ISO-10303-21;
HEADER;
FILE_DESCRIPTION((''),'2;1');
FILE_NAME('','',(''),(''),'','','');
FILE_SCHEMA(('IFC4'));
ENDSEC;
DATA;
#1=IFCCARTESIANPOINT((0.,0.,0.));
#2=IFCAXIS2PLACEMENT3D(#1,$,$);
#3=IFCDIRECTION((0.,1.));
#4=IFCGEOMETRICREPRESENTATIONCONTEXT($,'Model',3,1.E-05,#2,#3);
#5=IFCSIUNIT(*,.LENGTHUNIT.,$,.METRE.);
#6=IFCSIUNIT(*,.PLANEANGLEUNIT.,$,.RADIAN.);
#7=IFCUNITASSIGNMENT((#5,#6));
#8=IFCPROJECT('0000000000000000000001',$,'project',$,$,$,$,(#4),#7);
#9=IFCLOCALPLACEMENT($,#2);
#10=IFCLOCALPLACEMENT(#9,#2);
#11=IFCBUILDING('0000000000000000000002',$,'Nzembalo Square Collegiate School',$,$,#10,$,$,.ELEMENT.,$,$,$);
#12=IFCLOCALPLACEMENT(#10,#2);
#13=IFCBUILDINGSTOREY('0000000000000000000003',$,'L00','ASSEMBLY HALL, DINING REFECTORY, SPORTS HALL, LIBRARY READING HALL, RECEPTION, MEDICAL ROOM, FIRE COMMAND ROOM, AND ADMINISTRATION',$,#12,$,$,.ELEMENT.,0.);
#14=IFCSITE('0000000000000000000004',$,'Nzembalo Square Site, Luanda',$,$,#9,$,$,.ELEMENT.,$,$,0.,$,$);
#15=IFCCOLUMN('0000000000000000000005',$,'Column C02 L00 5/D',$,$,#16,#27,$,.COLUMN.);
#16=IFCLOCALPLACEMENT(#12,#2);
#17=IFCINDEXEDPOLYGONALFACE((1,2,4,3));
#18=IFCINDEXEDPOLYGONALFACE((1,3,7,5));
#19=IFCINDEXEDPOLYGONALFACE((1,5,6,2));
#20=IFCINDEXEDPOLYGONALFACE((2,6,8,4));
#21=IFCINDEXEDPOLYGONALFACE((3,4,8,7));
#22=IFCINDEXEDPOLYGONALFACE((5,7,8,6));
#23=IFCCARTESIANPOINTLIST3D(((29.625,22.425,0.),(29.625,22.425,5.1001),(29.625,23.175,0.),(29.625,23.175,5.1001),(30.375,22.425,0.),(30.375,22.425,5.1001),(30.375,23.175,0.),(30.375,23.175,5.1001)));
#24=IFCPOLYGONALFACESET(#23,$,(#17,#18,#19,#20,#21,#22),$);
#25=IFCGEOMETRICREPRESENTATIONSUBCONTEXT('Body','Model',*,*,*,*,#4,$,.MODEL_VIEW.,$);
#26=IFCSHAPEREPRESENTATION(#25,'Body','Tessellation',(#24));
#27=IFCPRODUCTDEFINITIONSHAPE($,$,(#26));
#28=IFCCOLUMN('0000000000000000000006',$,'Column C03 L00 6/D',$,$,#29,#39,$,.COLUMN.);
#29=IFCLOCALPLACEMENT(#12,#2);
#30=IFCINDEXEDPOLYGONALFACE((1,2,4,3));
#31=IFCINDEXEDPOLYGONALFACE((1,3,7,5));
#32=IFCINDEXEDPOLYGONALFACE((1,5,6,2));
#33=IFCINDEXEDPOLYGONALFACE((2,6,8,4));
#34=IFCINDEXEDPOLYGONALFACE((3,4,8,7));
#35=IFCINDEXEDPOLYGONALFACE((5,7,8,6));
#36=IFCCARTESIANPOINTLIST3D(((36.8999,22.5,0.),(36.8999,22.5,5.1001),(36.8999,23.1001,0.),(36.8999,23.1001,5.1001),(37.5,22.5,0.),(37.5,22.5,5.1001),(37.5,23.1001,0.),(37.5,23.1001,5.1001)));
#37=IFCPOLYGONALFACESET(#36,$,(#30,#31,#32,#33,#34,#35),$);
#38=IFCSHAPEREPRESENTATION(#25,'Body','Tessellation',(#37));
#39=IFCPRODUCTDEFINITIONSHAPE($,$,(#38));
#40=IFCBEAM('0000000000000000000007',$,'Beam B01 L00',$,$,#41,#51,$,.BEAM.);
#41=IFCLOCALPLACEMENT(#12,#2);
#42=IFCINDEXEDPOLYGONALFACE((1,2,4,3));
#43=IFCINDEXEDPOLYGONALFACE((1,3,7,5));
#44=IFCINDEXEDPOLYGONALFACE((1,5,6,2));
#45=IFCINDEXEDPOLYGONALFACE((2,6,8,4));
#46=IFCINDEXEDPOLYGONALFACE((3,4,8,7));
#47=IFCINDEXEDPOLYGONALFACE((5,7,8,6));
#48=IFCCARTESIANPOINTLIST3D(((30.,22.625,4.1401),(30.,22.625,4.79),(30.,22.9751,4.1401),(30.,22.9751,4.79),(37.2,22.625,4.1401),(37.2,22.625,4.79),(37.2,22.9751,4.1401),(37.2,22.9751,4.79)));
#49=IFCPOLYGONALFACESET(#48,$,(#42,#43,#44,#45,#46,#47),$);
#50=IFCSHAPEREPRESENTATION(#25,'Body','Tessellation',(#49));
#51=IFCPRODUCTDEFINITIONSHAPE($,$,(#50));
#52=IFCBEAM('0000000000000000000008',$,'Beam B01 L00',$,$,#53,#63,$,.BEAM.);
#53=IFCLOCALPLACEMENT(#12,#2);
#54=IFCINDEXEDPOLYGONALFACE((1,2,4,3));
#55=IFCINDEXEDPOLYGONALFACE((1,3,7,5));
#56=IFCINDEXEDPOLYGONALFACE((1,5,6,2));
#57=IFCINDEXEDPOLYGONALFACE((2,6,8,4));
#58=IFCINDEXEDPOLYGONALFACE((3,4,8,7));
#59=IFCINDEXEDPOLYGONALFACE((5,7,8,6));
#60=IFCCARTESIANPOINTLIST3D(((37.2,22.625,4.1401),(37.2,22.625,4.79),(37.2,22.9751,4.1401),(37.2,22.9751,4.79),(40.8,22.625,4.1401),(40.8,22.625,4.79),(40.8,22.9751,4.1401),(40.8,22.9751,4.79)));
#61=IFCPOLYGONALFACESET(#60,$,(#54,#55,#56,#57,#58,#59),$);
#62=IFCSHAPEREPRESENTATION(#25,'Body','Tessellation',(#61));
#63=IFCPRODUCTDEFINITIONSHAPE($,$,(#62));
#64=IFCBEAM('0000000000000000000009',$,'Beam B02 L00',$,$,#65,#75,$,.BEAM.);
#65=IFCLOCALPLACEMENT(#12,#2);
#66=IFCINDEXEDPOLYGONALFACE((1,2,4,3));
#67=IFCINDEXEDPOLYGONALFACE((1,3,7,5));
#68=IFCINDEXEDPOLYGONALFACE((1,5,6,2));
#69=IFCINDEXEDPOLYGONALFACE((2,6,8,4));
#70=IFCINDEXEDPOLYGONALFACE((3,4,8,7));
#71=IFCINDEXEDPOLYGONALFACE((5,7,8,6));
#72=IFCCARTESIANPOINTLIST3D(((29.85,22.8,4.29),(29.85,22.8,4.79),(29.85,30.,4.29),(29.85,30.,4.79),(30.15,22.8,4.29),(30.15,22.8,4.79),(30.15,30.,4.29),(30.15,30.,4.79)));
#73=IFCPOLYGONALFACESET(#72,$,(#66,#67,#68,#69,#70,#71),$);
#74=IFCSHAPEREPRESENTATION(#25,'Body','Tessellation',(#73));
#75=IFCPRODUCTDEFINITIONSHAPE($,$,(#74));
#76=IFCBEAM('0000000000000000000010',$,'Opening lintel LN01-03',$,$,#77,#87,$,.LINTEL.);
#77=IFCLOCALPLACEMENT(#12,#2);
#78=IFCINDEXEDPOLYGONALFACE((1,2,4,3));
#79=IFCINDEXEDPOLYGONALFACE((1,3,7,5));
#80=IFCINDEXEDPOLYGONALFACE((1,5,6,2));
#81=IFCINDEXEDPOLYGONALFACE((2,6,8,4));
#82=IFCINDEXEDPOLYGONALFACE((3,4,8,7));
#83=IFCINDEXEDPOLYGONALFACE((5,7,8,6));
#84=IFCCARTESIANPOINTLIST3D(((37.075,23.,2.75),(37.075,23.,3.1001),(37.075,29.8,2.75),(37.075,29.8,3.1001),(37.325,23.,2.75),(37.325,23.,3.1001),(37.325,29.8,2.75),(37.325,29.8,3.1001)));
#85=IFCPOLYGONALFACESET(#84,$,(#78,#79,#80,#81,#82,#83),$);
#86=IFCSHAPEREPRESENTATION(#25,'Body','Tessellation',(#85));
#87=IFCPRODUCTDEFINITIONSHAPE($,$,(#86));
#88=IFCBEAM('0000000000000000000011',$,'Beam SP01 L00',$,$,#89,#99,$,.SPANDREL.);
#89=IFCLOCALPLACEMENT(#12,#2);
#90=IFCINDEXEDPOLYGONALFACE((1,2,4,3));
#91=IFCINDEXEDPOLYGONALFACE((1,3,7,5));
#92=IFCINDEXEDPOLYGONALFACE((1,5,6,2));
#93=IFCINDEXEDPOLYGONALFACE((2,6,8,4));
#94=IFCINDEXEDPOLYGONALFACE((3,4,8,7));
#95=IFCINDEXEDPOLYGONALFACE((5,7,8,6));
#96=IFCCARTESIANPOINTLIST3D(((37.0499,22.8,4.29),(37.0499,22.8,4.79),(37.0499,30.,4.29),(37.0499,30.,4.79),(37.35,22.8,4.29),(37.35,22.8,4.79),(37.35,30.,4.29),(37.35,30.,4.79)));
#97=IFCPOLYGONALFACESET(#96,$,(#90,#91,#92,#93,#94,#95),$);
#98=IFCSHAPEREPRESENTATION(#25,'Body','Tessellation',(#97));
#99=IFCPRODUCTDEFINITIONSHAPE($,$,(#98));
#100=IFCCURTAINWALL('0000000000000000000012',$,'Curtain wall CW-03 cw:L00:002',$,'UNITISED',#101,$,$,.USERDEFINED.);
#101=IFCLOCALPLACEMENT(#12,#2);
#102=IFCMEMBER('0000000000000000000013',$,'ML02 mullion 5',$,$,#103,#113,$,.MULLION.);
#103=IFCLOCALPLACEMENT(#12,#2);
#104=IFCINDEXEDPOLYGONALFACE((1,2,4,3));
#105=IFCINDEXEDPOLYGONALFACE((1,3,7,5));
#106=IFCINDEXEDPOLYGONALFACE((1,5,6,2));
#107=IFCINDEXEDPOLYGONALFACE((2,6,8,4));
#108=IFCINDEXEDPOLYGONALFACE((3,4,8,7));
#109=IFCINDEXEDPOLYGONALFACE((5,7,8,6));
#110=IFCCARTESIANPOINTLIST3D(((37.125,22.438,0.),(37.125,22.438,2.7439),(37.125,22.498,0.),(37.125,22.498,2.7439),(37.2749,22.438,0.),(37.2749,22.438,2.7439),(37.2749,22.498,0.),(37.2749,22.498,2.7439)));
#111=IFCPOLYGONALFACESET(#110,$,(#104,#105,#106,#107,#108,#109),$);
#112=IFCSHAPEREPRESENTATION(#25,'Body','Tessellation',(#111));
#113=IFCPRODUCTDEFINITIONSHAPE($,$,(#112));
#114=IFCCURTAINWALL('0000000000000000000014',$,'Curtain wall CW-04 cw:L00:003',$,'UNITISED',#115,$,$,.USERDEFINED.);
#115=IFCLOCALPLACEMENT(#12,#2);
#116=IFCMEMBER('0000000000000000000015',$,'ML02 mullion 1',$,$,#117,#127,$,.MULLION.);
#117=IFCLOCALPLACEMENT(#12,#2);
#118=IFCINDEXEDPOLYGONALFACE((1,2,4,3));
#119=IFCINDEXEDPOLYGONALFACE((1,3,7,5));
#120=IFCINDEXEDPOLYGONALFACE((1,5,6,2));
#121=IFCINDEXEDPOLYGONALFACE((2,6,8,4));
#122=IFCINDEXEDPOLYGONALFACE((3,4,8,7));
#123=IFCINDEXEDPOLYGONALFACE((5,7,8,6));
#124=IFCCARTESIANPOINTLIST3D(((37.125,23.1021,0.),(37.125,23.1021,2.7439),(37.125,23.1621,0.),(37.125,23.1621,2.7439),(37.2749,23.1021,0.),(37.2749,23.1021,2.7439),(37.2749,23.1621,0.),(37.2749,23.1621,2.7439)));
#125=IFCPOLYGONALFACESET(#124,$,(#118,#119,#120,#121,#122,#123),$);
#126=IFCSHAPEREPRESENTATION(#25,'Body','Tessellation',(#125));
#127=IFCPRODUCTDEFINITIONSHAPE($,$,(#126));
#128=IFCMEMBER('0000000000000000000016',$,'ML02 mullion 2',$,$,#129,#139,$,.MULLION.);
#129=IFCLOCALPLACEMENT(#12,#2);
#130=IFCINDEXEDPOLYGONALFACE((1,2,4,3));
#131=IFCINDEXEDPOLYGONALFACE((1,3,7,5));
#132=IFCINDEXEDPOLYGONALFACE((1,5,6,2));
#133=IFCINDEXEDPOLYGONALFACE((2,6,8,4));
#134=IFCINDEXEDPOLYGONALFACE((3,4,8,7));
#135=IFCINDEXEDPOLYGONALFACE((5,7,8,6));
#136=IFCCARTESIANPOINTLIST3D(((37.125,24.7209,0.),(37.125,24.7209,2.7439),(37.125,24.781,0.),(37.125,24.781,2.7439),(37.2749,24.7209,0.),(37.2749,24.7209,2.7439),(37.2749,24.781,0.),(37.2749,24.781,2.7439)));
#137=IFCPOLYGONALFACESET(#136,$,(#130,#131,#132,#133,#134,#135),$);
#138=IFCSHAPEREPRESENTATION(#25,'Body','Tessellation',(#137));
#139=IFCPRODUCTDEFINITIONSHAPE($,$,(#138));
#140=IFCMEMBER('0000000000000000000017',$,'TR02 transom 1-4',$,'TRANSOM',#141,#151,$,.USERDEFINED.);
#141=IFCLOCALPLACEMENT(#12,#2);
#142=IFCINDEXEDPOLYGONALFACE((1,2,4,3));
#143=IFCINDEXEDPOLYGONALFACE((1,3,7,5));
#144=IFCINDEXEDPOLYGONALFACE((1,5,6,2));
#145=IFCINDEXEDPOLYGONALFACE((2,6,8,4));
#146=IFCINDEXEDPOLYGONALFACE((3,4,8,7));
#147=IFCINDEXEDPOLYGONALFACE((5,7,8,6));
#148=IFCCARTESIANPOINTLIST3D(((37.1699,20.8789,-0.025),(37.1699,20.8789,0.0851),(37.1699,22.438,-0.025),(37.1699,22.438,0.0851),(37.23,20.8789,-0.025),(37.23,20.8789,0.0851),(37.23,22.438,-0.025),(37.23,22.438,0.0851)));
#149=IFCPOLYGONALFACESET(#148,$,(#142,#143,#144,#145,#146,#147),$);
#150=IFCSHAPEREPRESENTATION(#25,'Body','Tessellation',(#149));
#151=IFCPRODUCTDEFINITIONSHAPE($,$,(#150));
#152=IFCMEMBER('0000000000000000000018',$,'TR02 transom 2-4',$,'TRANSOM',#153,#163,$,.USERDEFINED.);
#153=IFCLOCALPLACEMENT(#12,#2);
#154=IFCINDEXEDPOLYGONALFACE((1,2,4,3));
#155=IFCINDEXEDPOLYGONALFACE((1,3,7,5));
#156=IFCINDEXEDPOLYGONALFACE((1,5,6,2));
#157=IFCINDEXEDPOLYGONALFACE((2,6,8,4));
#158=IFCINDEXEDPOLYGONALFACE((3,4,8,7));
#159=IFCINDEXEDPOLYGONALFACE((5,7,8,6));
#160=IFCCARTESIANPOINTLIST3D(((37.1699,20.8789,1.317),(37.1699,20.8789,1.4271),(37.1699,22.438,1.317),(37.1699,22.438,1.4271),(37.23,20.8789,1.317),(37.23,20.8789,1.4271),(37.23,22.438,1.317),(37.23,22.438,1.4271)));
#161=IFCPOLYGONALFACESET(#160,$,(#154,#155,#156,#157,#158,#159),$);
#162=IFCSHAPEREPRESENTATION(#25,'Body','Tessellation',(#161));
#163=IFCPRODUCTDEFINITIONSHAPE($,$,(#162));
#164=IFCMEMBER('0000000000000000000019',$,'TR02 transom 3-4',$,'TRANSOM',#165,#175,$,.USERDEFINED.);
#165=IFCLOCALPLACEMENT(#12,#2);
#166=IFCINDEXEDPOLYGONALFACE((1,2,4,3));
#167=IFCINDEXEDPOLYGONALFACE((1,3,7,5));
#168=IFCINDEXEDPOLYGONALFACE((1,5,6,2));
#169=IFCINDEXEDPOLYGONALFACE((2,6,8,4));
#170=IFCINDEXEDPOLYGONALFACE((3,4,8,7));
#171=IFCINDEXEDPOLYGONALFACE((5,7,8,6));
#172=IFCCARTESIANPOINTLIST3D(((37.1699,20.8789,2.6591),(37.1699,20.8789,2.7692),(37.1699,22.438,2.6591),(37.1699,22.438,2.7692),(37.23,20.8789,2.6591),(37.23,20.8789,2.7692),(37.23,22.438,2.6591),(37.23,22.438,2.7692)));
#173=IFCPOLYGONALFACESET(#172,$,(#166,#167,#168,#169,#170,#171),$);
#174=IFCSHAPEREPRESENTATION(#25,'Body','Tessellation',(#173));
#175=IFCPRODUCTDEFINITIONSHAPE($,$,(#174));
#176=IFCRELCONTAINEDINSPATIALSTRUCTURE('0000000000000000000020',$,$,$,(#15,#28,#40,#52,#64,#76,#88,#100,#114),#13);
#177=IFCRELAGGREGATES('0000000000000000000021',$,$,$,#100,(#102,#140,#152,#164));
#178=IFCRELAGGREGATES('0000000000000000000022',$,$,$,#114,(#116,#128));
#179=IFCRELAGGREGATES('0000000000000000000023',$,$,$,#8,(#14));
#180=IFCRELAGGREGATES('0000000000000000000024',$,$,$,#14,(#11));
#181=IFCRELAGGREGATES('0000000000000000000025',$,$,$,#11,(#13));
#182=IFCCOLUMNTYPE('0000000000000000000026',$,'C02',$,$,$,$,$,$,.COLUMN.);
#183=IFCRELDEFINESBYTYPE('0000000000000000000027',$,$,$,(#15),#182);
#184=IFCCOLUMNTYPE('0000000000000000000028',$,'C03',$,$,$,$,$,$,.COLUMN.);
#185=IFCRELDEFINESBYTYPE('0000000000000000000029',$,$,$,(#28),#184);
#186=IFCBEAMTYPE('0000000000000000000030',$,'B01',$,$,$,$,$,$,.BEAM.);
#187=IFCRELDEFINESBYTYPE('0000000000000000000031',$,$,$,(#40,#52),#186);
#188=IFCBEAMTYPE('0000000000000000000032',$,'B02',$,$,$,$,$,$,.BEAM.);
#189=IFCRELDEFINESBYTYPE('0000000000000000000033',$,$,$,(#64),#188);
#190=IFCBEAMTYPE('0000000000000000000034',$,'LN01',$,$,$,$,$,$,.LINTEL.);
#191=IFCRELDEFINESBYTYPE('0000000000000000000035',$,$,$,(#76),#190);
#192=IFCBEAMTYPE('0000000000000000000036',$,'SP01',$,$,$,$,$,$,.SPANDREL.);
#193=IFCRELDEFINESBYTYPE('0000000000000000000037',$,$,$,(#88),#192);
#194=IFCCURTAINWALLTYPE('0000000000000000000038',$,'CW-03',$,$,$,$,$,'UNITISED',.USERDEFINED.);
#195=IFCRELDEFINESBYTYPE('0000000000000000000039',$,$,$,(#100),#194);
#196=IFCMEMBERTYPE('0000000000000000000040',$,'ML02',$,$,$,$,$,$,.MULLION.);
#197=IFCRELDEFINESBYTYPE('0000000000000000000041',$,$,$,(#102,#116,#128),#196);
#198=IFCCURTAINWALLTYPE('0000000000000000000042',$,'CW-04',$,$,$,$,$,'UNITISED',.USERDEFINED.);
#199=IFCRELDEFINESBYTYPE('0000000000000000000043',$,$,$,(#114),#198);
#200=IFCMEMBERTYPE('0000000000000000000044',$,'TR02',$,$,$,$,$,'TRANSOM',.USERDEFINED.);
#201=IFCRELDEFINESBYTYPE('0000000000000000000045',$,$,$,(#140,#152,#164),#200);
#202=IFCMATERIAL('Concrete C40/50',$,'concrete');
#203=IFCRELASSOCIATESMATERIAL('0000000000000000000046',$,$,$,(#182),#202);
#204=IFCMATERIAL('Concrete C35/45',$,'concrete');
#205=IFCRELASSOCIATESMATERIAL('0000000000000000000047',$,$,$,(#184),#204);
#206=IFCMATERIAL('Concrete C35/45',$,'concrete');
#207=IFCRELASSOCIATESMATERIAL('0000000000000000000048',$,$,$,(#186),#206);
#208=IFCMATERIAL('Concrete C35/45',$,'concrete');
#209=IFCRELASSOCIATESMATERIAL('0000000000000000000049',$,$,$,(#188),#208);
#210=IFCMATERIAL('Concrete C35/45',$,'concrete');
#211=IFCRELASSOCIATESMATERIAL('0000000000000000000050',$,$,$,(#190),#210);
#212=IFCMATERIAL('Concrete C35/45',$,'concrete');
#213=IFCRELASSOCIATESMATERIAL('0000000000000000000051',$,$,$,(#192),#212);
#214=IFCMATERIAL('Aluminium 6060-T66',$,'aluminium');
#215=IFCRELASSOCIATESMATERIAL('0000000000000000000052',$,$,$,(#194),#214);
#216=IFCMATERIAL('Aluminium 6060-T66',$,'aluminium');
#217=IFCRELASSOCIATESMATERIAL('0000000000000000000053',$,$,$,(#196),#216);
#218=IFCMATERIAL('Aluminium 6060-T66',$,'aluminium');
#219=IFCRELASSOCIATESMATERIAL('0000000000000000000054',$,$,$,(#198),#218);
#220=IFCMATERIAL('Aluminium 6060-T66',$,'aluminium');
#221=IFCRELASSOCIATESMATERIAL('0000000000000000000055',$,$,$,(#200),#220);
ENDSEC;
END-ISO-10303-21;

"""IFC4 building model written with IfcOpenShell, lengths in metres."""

from ifc_helpers import new_model, si_unit, direction, frame, origin, origin_2d, place, context, subcontext, project, spatial, rectangle, extrude, material, material_profile, profile_set, type_object, element, aggregate, save


model = new_model("IFC4")

# Units and contexts
model_context = context("Model", 3, precision=1e-05, world=origin(), true_north=direction((0.0, 1.0)))
body_context = subcontext(model_context, "Body", "Model", "MODEL_VIEW")
ifc_project = project(units=[si_unit("LENGTHUNIT", "METRE"), si_unit("PLANEANGLEUNIT", "RADIAN")], contexts=[model_context])

# Site, building, storey
site_placement = place(None, origin())
site = spatial("IfcSite", under=ifc_project, at=site_placement, Name="Nzembalo Square Site, Luanda", CompositionType="ELEMENT", RefElevation=0.0)
building_placement = place(site_placement, origin())
building = spatial("IfcBuilding", under=site, at=building_placement, Name="Nzembalo Square Collegiate School", CompositionType="ELEMENT")
storey_placement = place(building_placement, origin())
storey = spatial("IfcBuildingStorey", under=building, at=storey_placement, Name="L00", Description="ASSEMBLY HALL, DINING REFECTORY, SPORTS HALL, LIBRARY READING HALL, RECEPTION, MEDICAL ROOM, FIRE COMMAND ROOM, AND ADMINISTRATION", CompositionType="ELEMENT", Elevation=0.0)

# Columns
ifc_material_1 = material(Name="Concrete C40/50", Category="concrete")
ifc_material_profile_1 = material_profile(ifc_material_1, rectangle(XDim=0.75, YDim=0.75, at=origin_2d()), Name="RC 750x750")
ifc_profile_set_1 = profile_set([ifc_material_profile_1], Name="Concrete C40/50")
column_type_1 = type_object("IfcColumnType", Name="C02", PredefinedType="COLUMN", material=ifc_profile_set_1)
column_1_placement = place(storey_placement, frame((30.0, 22.8, 0.0), z_axis=(0.0, 0.0, 1.0), x_axis=(1.0, 0.0, 0.0)))
element("IfcColumn", 1, at=column_1_placement, inside=storey, type_object=column_type_1, Name="Column C02 L00 5/D", PredefinedType="COLUMN", context=body_context, shape_type="SweptSolid", body=[
    extrude(rectangle(XDim=0.75, YDim=0.75, at=origin_2d()), origin(), (0.0, 0.0, 1.0), 5.1001),
])
ifc_material_2 = material(Name="Concrete C35/45", Category="concrete")
ifc_material_profile_2 = material_profile(ifc_material_2, rectangle(XDim=0.6001, YDim=0.6001, at=origin_2d()), Name="RC 600x600")
ifc_profile_set_2 = profile_set([ifc_material_profile_2], Name="Concrete C35/45")
column_type_2 = type_object("IfcColumnType", Name="C03", PredefinedType="COLUMN", material=ifc_profile_set_2)
column_2_placement = place(storey_placement, frame((37.2, 22.8, 0.0), z_axis=(0.0, 0.0, 1.0), x_axis=(1.0, 0.0, 0.0)))
element("IfcColumn", 2, at=column_2_placement, inside=storey, type_object=column_type_2, Name="Column C03 L00 6/D", PredefinedType="COLUMN", context=body_context, shape_type="SweptSolid", body=[
    extrude(rectangle(XDim=0.6001, YDim=0.6001, at=origin_2d()), origin(), (0.0, 0.0, 1.0), 5.1001),
])

# Beams
ifc_material_3 = material(Name="Concrete C35/45", Category="concrete")
ifc_material_profile_3 = material_profile(ifc_material_3, rectangle(XDim=0.3501, YDim=0.6499, at=origin_2d()), Name="RC 350x650")
ifc_profile_set_3 = profile_set([ifc_material_profile_3], Name="Concrete C35/45")
beam_type_1 = type_object("IfcBeamType", Name="B01", PredefinedType="BEAM", material=ifc_profile_set_3)
beam_1_placement = place(storey_placement, frame((30.0, 22.8, 4.4651), z_axis=(1.0, 0.0, 0.0), x_axis=(0.0, 1.0, 0.0)))
element("IfcBeam", 3, at=beam_1_placement, inside=storey, type_object=beam_type_1, Name="Beam B01 L00", PredefinedType="BEAM", context=body_context, shape_type="SweptSolid", body=[
    extrude(rectangle(XDim=0.3501, YDim=0.6499, at=origin_2d()), origin(), (0.0, 0.0, 1.0), 7.2),
])
beam_2_placement = place(storey_placement, frame((37.2, 22.8, 4.4651), z_axis=(1.0, 0.0, 0.0), x_axis=(0.0, 1.0, 0.0)))
element("IfcBeam", 4, at=beam_2_placement, inside=storey, type_object=beam_type_1, Name="Beam B01 L00", PredefinedType="BEAM", context=body_context, shape_type="SweptSolid", body=[
    extrude(rectangle(XDim=0.3501, YDim=0.6499, at=origin_2d()), origin(), (0.0, 0.0, 1.0), 3.6001),
])
ifc_material_4 = material(Name="Concrete C35/45", Category="concrete")
ifc_material_profile_4 = material_profile(ifc_material_4, rectangle(XDim=0.3, YDim=0.5, at=origin_2d()), Name="RC 300x500")
ifc_profile_set_4 = profile_set([ifc_material_profile_4], Name="Concrete C35/45")
beam_type_2 = type_object("IfcBeamType", Name="B02", PredefinedType="BEAM", material=ifc_profile_set_4)
beam_3_placement = place(storey_placement, frame((30.0, 22.8, 4.54), z_axis=(0.0, 1.0, 0.0), x_axis=(-1.0, 0.0, 0.0)))
element("IfcBeam", 5, at=beam_3_placement, inside=storey, type_object=beam_type_2, Name="Beam B02 L00", PredefinedType="BEAM", context=body_context, shape_type="SweptSolid", body=[
    extrude(rectangle(XDim=0.3, YDim=0.5, at=origin_2d()), origin(), (0.0, 0.0, 1.0), 7.2),
])
ifc_material_5 = material(Name="Concrete C35/45", Category="concrete")
ifc_material_profile_5 = material_profile(ifc_material_5, rectangle(XDim=0.25, YDim=0.3501, at=origin_2d()), Name="RC 250x350")
ifc_profile_set_5 = profile_set([ifc_material_profile_5], Name="Concrete C35/45")
beam_type_3 = type_object("IfcBeamType", Name="LN01", PredefinedType="LINTEL", material=ifc_profile_set_5)
beam_4_placement = place(storey_placement, frame((37.2, 23.0, 2.925), z_axis=(0.0, 1.0, 0.0), x_axis=(-1.0, 0.0, 0.0)))
element("IfcBeam", 6, at=beam_4_placement, inside=storey, type_object=beam_type_3, Name="Opening lintel LN01-03", PredefinedType="LINTEL", context=body_context, shape_type="SweptSolid", body=[
    extrude(rectangle(XDim=0.25, YDim=0.3501, at=origin_2d()), origin(), (0.0, 0.0, 1.0), 6.8),
])
ifc_material_6 = material(Name="Concrete C35/45", Category="concrete")
ifc_material_profile_6 = material_profile(ifc_material_6, rectangle(XDim=0.3, YDim=0.5, at=origin_2d()), Name="RC 300x500")
ifc_profile_set_6 = profile_set([ifc_material_profile_6], Name="Concrete C35/45")
beam_type_4 = type_object("IfcBeamType", Name="SP01", PredefinedType="SPANDREL", material=ifc_profile_set_6)
beam_5_placement = place(storey_placement, frame((37.2, 22.8, 4.54), z_axis=(0.0, 1.0, 0.0), x_axis=(-1.0, 0.0, 0.0)))
element("IfcBeam", 7, at=beam_5_placement, inside=storey, type_object=beam_type_4, Name="Beam SP01 L00", PredefinedType="SPANDREL", context=body_context, shape_type="SweptSolid", body=[
    extrude(rectangle(XDim=0.3, YDim=0.5, at=origin_2d()), origin(), (0.0, 0.0, 1.0), 7.2),
])

# Curtain wall, member
ifc_material_7 = material(Name="Aluminium 6060-T66", Category="aluminium")
curtain_wall_type_1 = type_object("IfcCurtainWallType", Name="CW-03", ElementType="UNITISED", PredefinedType="USERDEFINED", material=ifc_material_7)
curtain_wall_1_placement = place(storey_placement, origin())
curtain_wall_1 = element("IfcCurtainWall", 8, at=curtain_wall_1_placement, inside=storey, type_object=curtain_wall_type_1, Name="Curtain wall CW-03 cw:L00:002", ObjectType="UNITISED", PredefinedType="USERDEFINED")
ifc_material_8 = material(Name="Aluminium 6060-T66", Category="aluminium")
ifc_material_profile_7 = material_profile(ifc_material_8, rectangle(XDim=0.0601, YDim=0.1499, at=origin_2d()), Name="ALU M60x150")
ifc_profile_set_7 = profile_set([ifc_material_profile_7], Name="Aluminium 6060-T66")
member_type_1 = type_object("IfcMemberType", Name="ML02", PredefinedType="MULLION", material=ifc_profile_set_7)
member_1_placement = place(storey_placement, frame((37.2, 22.468, 0.0), z_axis=(0.0, 0.0, 1.0), x_axis=(0.0, 1.0, 0.0)))
member_1 = element("IfcMember", 9, at=member_1_placement, type_object=member_type_1, Name="ML02 mullion 5", PredefinedType="MULLION", context=body_context, shape_type="SweptSolid", body=[
    extrude(rectangle(XDim=0.0601, YDim=0.1499, at=origin_2d()), origin(), (0.0, 0.0, 1.0), 2.7439),
])

# Curtain wall, members
ifc_material_9 = material(Name="Aluminium 6060-T66", Category="aluminium")
curtain_wall_type_2 = type_object("IfcCurtainWallType", Name="CW-04", ElementType="UNITISED", PredefinedType="USERDEFINED", material=ifc_material_9)
curtain_wall_2_placement = place(storey_placement, origin())
curtain_wall_2 = element("IfcCurtainWall", 10, at=curtain_wall_2_placement, inside=storey, type_object=curtain_wall_type_2, Name="Curtain wall CW-04 cw:L00:003", ObjectType="UNITISED", PredefinedType="USERDEFINED")
member_2_placement = place(storey_placement, frame((37.2, 23.1321, 0.0), z_axis=(0.0, 0.0, 1.0), x_axis=(0.0, 1.0, 0.0)))
member_2 = element("IfcMember", 11, at=member_2_placement, type_object=member_type_1, Name="ML02 mullion 1", PredefinedType="MULLION", context=body_context, shape_type="SweptSolid", body=[
    extrude(rectangle(XDim=0.0601, YDim=0.1499, at=origin_2d()), origin(), (0.0, 0.0, 1.0), 2.7439),
])
member_3_placement = place(storey_placement, frame((37.2, 24.751, 0.0), z_axis=(0.0, 0.0, 1.0), x_axis=(0.0, 1.0, 0.0)))
member_3 = element("IfcMember", 12, at=member_3_placement, type_object=member_type_1, Name="ML02 mullion 2", PredefinedType="MULLION", context=body_context, shape_type="SweptSolid", body=[
    extrude(rectangle(XDim=0.0601, YDim=0.1499, at=origin_2d()), origin(), (0.0, 0.0, 1.0), 2.7439),
])

# Members
ifc_material_10 = material(Name="Aluminium 6060-T66", Category="aluminium")
ifc_material_profile_8 = material_profile(ifc_material_10, rectangle(XDim=0.0601, YDim=0.1101, at=origin_2d()), Name="ALU T60x110")
ifc_profile_set_8 = profile_set([ifc_material_profile_8], Name="Aluminium 6060-T66")
member_type_2 = type_object("IfcMemberType", Name="TR02", ElementType="TRANSOM", PredefinedType="USERDEFINED", material=ifc_profile_set_8)
member_4_placement = place(storey_placement, frame((37.2, 20.8789, 0.03), z_axis=(0.0, 1.0, 0.0), x_axis=(-1.0, 0.0, 0.0)))
member_4 = element("IfcMember", 13, at=member_4_placement, type_object=member_type_2, Name="TR02 transom 1-4", ObjectType="TRANSOM", PredefinedType="USERDEFINED", context=body_context, shape_type="SweptSolid", body=[
    extrude(rectangle(XDim=0.0601, YDim=0.1101, at=origin_2d()), origin(), (0.0, 0.0, 1.0), 1.5591),
])
member_5_placement = place(storey_placement, frame((37.2, 20.8789, 1.3721), z_axis=(0.0, 1.0, 0.0), x_axis=(-1.0, 0.0, 0.0)))
member_5 = element("IfcMember", 14, at=member_5_placement, type_object=member_type_2, Name="TR02 transom 2-4", ObjectType="TRANSOM", PredefinedType="USERDEFINED", context=body_context, shape_type="SweptSolid", body=[
    extrude(rectangle(XDim=0.0601, YDim=0.1101, at=origin_2d()), origin(), (0.0, 0.0, 1.0), 1.5591),
])
member_6_placement = place(storey_placement, frame((37.2, 20.8789, 2.7141), z_axis=(0.0, 1.0, 0.0), x_axis=(-1.0, 0.0, 0.0)))
member_6 = element("IfcMember", 15, at=member_6_placement, type_object=member_type_2, Name="TR02 transom 3-4", ObjectType="TRANSOM", PredefinedType="USERDEFINED", context=body_context, shape_type="SweptSolid", body=[
    extrude(rectangle(XDim=0.0601, YDim=0.1101, at=origin_2d()), origin(), (0.0, 0.0, 1.0), 1.5591),
])

aggregate(curtain_wall_1, [member_1, member_4, member_5, member_6])
aggregate(curtain_wall_2, [member_2, member_3])

save(model, "model.ifc")
